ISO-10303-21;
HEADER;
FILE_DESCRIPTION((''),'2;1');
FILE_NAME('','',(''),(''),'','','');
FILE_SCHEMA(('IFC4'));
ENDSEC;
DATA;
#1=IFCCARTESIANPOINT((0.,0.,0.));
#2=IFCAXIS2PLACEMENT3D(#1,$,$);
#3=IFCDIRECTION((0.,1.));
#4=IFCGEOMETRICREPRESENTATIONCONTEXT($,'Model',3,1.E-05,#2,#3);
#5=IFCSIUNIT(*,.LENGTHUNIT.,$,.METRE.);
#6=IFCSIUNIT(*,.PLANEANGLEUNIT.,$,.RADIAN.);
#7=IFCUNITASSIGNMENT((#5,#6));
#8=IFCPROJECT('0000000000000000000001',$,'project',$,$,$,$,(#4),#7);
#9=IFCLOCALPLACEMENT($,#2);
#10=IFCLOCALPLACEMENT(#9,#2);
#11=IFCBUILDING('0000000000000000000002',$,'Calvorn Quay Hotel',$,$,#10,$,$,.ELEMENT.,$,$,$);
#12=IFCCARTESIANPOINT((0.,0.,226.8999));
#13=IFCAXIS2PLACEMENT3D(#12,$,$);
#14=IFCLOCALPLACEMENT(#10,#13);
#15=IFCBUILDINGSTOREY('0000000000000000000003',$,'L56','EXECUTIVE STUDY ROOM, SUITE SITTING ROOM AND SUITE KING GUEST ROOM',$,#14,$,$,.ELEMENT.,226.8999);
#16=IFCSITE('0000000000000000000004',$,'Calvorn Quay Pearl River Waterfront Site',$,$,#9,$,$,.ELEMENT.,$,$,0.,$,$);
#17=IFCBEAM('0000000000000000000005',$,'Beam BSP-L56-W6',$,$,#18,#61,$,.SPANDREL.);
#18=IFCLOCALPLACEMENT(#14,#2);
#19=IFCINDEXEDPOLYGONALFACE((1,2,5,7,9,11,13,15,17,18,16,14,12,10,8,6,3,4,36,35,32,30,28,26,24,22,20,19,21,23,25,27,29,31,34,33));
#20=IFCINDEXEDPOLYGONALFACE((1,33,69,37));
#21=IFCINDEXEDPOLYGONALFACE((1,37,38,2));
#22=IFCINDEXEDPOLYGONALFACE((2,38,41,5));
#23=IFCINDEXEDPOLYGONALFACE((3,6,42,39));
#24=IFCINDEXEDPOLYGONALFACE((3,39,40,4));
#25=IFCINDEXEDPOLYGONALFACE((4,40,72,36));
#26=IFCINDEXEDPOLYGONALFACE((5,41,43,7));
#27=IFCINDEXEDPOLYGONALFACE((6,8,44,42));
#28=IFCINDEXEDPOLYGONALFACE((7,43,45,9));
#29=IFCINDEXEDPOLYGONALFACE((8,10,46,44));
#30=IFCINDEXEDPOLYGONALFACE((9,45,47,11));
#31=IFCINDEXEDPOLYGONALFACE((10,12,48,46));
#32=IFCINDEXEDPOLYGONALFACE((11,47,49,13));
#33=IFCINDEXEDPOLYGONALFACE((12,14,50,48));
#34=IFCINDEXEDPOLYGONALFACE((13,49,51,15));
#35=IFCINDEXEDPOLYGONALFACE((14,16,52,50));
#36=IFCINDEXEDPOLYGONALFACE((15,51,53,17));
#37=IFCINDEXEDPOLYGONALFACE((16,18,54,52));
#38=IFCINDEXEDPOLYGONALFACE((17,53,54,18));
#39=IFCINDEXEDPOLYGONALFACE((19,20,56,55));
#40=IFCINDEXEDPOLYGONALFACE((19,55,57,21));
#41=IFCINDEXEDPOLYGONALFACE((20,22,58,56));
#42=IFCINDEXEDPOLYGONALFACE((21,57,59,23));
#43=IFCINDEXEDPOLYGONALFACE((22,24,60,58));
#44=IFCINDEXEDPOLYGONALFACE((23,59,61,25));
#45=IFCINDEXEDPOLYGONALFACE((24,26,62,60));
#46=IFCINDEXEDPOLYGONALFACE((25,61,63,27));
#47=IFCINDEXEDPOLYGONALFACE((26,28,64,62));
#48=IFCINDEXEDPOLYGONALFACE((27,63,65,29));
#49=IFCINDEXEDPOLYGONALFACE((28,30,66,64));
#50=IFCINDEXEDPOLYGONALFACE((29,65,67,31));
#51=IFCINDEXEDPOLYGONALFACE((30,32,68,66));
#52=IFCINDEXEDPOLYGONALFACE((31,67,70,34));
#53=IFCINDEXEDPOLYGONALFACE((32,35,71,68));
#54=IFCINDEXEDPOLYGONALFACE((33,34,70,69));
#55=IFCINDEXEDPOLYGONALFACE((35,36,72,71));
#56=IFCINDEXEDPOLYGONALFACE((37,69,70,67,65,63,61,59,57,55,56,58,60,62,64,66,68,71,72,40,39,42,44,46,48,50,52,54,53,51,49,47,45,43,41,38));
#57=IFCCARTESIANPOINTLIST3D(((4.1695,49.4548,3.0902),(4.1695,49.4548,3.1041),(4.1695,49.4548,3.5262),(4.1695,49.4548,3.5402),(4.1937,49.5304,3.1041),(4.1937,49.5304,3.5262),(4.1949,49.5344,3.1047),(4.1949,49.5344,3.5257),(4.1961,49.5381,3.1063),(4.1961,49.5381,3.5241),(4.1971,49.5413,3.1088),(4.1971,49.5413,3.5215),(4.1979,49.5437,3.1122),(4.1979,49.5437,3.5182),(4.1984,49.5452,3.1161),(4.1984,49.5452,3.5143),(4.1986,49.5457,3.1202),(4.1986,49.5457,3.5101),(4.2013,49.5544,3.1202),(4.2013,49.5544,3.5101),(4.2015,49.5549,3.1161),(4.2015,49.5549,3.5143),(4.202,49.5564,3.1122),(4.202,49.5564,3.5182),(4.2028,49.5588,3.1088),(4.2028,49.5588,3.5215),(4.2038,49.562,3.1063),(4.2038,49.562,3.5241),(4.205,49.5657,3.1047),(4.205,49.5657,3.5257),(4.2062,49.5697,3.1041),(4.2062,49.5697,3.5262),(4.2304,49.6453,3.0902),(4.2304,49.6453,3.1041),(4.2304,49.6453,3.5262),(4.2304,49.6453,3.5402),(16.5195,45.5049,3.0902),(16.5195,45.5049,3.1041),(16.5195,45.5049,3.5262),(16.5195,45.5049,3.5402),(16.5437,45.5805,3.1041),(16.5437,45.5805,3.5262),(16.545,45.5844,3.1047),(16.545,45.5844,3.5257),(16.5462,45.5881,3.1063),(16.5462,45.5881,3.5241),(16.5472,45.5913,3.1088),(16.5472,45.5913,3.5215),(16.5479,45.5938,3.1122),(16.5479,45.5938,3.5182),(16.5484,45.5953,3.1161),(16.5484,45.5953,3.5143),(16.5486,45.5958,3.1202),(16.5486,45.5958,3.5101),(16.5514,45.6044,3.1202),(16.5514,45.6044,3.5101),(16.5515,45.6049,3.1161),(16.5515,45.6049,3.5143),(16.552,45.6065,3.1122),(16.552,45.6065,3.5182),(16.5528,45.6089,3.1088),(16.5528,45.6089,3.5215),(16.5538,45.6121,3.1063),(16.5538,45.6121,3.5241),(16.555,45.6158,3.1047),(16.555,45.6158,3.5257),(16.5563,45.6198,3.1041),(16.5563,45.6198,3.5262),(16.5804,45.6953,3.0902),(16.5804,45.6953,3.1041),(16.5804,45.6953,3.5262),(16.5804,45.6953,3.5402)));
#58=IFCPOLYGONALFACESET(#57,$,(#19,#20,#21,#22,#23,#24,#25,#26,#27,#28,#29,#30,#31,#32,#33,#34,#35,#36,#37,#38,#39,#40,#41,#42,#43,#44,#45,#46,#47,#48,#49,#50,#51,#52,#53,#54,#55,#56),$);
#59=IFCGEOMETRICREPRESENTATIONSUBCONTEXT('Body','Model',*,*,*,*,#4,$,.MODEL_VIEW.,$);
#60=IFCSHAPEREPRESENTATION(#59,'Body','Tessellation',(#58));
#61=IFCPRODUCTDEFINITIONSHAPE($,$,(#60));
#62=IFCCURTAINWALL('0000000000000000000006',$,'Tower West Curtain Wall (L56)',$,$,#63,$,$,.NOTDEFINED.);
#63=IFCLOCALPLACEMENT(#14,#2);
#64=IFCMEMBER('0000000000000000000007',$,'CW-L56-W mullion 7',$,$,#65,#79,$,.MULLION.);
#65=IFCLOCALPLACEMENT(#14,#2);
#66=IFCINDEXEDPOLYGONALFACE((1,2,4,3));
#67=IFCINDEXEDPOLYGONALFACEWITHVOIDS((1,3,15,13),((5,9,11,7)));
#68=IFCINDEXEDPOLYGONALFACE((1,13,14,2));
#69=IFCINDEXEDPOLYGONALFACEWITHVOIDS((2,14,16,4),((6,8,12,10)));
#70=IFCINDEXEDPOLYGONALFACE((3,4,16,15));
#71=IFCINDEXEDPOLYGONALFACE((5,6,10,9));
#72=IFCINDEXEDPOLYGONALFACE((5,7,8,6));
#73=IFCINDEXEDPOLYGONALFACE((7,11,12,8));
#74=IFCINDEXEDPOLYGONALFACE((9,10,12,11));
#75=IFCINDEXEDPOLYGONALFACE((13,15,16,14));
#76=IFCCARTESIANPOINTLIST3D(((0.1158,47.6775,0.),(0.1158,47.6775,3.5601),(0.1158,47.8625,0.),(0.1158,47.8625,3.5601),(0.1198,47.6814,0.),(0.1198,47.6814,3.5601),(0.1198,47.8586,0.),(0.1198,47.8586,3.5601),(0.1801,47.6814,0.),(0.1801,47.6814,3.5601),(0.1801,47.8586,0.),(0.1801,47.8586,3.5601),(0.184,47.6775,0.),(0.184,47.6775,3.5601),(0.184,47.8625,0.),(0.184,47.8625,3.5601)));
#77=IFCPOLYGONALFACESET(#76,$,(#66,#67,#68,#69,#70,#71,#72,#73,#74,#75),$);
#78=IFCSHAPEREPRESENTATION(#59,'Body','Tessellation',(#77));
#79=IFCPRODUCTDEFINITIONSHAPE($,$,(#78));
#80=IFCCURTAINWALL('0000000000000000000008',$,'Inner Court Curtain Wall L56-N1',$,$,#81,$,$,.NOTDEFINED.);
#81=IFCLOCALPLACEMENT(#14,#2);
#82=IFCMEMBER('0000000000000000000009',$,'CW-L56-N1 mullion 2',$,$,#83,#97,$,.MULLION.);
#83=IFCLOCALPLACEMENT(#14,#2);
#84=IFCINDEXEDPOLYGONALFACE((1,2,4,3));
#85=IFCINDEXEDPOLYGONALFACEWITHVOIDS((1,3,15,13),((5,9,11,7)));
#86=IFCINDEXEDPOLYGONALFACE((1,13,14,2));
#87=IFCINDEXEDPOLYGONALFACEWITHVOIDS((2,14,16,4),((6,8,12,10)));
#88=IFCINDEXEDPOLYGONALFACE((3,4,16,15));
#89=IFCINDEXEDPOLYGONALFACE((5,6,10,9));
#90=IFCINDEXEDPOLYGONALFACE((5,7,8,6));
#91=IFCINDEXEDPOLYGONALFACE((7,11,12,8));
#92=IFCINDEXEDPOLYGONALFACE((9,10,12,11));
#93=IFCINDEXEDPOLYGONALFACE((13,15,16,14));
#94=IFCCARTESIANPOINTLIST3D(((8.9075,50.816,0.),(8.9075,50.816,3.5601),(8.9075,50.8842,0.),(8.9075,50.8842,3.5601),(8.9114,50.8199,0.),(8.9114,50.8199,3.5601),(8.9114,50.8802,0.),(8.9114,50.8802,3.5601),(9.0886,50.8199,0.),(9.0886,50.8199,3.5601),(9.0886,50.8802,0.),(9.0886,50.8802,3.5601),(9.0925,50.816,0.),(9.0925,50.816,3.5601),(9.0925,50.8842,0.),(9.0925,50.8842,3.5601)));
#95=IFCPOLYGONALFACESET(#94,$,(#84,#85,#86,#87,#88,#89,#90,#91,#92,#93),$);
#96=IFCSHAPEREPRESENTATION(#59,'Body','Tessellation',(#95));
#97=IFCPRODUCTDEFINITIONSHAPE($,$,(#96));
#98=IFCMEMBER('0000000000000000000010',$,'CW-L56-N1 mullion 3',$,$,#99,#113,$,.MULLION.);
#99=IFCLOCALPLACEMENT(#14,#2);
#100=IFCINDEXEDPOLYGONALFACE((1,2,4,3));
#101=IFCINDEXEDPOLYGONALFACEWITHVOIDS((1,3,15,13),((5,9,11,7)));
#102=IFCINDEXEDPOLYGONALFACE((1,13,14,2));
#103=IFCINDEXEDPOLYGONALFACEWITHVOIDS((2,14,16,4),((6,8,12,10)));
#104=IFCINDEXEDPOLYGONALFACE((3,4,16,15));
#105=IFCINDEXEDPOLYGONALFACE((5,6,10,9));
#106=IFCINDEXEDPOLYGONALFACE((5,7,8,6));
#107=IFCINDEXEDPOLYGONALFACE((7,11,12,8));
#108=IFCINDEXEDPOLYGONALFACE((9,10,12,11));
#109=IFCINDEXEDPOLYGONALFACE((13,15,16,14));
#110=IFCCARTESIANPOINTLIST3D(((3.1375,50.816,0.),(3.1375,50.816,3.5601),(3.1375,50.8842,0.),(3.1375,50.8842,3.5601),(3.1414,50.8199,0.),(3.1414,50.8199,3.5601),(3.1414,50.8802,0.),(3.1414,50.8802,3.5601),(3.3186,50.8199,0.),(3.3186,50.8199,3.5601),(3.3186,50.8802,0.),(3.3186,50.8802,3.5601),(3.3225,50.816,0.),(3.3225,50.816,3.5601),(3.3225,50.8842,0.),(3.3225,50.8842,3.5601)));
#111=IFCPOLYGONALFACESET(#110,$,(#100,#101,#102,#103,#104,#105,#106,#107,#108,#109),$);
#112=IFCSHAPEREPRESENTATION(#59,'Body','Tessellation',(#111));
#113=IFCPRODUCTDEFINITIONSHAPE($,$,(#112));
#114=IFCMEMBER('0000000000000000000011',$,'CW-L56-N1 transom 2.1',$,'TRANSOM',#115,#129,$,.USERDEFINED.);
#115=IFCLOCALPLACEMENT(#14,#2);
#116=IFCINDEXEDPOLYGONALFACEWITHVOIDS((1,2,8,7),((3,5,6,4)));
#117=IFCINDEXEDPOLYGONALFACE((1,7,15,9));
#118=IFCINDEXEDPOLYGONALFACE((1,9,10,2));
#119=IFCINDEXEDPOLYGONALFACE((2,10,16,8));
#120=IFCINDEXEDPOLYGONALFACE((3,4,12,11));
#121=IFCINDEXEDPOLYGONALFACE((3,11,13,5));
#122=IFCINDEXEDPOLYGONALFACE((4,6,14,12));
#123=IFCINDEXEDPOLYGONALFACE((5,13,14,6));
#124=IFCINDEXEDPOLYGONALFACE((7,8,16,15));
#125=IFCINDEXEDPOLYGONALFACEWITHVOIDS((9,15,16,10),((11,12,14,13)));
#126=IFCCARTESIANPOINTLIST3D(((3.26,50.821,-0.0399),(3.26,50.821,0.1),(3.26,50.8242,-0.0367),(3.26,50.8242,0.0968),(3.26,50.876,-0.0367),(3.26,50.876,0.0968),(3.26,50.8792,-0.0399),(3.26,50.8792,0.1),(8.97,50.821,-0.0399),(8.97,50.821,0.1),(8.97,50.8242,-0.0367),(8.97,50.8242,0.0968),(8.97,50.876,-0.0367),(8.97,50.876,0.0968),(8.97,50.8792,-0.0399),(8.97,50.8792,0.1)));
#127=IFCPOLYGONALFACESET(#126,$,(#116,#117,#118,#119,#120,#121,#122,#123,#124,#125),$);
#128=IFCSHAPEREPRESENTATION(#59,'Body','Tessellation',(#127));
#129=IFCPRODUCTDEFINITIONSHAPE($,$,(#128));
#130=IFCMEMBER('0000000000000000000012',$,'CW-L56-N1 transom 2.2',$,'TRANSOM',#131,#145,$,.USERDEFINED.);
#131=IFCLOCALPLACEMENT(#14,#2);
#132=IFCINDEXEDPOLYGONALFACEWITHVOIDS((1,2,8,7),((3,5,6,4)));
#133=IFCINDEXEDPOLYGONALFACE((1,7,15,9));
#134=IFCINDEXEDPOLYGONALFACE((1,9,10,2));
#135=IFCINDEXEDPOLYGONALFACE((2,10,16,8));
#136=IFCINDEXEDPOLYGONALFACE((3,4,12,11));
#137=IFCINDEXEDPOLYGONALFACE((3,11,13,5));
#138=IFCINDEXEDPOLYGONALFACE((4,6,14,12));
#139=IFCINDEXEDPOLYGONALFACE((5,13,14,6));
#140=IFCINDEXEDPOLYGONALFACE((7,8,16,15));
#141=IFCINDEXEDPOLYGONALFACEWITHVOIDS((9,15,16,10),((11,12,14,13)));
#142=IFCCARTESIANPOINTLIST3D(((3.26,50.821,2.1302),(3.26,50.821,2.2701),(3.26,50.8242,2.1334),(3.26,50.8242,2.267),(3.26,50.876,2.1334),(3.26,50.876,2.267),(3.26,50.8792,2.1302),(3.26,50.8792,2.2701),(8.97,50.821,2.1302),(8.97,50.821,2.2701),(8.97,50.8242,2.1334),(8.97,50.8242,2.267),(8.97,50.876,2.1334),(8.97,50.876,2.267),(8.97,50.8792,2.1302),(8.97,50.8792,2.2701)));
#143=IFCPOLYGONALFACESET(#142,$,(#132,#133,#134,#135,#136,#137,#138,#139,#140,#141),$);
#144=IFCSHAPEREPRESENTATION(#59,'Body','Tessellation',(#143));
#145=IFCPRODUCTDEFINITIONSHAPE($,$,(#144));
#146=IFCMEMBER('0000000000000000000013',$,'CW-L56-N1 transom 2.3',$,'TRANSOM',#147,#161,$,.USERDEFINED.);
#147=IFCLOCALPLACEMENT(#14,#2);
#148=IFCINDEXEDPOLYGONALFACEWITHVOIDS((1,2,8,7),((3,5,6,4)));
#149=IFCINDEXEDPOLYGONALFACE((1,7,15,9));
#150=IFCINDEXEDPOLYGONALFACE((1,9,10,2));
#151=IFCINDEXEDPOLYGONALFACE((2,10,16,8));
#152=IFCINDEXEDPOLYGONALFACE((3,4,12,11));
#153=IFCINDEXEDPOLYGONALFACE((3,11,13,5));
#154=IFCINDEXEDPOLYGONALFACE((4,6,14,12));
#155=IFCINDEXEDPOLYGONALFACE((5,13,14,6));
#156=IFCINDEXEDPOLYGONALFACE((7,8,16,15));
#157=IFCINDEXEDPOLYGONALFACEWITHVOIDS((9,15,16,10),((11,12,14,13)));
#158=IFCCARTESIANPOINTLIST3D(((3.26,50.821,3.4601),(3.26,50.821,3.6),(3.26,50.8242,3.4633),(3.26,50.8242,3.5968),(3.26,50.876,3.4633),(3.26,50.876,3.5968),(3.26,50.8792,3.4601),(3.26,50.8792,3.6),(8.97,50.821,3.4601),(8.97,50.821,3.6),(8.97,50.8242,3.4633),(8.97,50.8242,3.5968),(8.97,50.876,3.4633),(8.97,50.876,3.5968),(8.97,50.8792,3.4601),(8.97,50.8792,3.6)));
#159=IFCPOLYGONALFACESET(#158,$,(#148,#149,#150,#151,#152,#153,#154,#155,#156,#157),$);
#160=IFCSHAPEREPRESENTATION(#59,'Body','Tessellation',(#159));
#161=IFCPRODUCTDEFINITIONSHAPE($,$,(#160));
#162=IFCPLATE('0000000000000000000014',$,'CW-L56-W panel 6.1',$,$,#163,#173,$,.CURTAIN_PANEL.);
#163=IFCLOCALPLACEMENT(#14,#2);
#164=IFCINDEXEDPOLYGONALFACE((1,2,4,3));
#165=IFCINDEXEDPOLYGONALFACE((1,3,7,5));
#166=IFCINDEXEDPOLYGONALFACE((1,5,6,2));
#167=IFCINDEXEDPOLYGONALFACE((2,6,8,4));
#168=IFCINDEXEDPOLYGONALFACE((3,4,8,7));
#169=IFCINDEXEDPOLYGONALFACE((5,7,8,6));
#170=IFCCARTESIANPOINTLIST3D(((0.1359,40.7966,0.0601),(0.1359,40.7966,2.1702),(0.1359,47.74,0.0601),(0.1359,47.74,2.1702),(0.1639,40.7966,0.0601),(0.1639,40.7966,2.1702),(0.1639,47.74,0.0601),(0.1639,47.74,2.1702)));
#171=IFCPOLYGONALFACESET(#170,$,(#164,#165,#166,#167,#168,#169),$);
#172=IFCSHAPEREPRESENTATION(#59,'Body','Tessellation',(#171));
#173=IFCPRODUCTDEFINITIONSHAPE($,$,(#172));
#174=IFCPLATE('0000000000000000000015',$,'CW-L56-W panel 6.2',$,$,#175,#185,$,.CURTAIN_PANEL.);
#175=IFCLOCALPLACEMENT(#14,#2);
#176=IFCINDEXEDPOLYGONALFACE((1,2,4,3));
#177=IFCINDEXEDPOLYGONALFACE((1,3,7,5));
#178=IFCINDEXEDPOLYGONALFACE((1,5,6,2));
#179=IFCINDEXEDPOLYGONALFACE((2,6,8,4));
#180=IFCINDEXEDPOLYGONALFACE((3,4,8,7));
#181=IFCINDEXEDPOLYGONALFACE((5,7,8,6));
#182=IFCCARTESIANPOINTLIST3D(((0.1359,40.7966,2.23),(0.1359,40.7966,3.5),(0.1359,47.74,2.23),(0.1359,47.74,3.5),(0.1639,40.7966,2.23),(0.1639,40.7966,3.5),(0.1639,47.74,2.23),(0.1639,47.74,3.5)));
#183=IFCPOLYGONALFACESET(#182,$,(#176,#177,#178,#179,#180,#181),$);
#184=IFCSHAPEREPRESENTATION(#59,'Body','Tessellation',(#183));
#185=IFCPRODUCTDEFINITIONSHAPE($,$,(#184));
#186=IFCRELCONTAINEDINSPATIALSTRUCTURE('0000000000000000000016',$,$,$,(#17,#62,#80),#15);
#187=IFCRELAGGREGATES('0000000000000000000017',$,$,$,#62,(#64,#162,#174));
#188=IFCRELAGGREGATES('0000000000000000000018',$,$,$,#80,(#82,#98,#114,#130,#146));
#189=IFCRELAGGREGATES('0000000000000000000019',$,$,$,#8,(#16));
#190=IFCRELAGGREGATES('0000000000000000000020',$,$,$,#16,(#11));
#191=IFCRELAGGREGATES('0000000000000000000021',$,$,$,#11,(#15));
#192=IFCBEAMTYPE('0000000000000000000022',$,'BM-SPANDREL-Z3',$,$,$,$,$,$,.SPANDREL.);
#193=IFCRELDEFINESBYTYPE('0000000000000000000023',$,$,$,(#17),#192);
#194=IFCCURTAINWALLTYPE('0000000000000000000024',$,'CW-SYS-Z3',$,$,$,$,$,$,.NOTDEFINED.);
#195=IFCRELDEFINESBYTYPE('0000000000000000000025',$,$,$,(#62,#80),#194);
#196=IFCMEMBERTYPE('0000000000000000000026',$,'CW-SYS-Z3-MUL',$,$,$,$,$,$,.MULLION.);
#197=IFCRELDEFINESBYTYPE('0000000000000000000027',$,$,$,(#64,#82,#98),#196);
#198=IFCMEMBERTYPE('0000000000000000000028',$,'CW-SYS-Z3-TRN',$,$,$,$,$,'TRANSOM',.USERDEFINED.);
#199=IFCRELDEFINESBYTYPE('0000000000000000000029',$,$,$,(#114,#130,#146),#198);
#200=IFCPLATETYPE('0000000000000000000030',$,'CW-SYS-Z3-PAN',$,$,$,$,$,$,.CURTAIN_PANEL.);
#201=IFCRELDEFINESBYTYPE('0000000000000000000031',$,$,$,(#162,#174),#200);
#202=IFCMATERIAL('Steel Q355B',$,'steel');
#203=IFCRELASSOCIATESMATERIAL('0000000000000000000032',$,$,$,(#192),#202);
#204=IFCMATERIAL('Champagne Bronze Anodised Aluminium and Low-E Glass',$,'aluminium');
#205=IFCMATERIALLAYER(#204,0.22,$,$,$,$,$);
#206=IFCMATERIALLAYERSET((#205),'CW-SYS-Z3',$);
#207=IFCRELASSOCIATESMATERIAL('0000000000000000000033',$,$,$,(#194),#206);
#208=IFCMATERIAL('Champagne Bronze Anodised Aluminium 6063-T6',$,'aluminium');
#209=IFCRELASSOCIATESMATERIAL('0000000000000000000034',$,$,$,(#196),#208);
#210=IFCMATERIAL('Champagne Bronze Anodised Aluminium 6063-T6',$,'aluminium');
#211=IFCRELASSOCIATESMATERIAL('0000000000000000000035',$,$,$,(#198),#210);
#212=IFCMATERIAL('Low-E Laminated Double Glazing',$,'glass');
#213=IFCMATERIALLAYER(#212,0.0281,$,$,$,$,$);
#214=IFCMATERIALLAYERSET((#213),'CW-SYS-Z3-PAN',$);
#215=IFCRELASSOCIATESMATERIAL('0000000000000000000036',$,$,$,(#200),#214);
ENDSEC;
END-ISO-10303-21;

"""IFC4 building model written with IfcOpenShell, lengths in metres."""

from ifc_helpers import new_model, si_unit, direction, frame, origin, origin_2d, place, context, subcontext, project, spatial, rectangle, hollow_rectangle, i_section, extrude, material, layer, layer_set, material_profile, profile_set, type_object, element, aggregate, save


model = new_model("IFC4")

# Units and contexts
model_context = context("Model", 3, precision=1e-05, world=origin(), true_north=direction((0.0, 1.0)))
body_context = subcontext(model_context, "Body", "Model", "MODEL_VIEW")
ifc_project = project(units=[si_unit("LENGTHUNIT", "METRE"), si_unit("PLANEANGLEUNIT", "RADIAN")], contexts=[model_context])

# Site, building, storey
site_placement = place(None, origin())
site = spatial("IfcSite", under=ifc_project, at=site_placement, Name="Calvorn Quay Pearl River Waterfront Site", CompositionType="ELEMENT", RefElevation=0.0)
building_placement = place(site_placement, origin())
building = spatial("IfcBuilding", under=site, at=building_placement, Name="Calvorn Quay Hotel", CompositionType="ELEMENT")
storey_placement = place(building_placement, frame((0.0, 0.0, 226.8999)))
storey = spatial("IfcBuildingStorey", under=building, at=storey_placement, Name="L56", Description="EXECUTIVE STUDY ROOM, SUITE SITTING ROOM AND SUITE KING GUEST ROOM", CompositionType="ELEMENT", Elevation=226.8999)

# Beam
ifc_material_1 = material(Name="Steel Q355B", Category="steel")
ifc_material_profile_1 = material_profile(ifc_material_1, i_section(OverallWidth=0.2, OverallDepth=0.45, WebThickness=0.009, FlangeThickness=0.0139, FilletRadius=0.0161, at=origin_2d()), Name="HN450x200x9x14")
ifc_profile_set_1 = profile_set([ifc_material_profile_1], Name="Steel Q355B")
beam_type_1 = type_object("IfcBeamType", Name="BM-SPANDREL-Z3", PredefinedType="SPANDREL", material=ifc_profile_set_1)
beam_1_placement = place(storey_placement, frame((4.2, 49.55, 3.3152), z_axis=(0.952471, -0.30463, 0.0), x_axis=(0.30463, 0.952471, 0.0)))
element("IfcBeam", 1, at=beam_1_placement, inside=storey, type_object=beam_type_1, Name="Beam BSP-L56-W6", PredefinedType="SPANDREL", context=body_context, shape_type="SweptSolid", body=[
    extrude(i_section(OverallWidth=0.2, OverallDepth=0.45, WebThickness=0.009, FlangeThickness=0.0139, FilletRadius=0.0161, at=origin_2d()), origin(), (0.0, 0.0, 1.0), 12.9663),
])

# Curtain wall, member
ifc_material_2 = material(Name="Champagne Bronze Anodised Aluminium and Low-E Glass", Category="aluminium")
ifc_layer_1 = layer(ifc_material_2, 0.22)
ifc_layer_set_1 = layer_set([ifc_layer_1], Name="CW-SYS-Z3")
curtain_wall_type = type_object("IfcCurtainWallType", Name="CW-SYS-Z3", PredefinedType="NOTDEFINED", material=ifc_layer_set_1)
curtain_wall_1_placement = place(storey_placement, origin())
curtain_wall_1 = element("IfcCurtainWall", 2, at=curtain_wall_1_placement, inside=storey, type_object=curtain_wall_type, Name="Tower West Curtain Wall (L56)", PredefinedType="NOTDEFINED")
ifc_material_3 = material(Name="Champagne Bronze Anodised Aluminium 6063-T6", Category="aluminium")
ifc_material_profile_2 = material_profile(ifc_material_3, hollow_rectangle(XDim=0.0681, YDim=0.1851, WallThickness=0.0039, at=origin_2d()), Name="ALU-M185x68x4")
ifc_profile_set_2 = profile_set([ifc_material_profile_2], Name="Champagne Bronze Anodised Aluminium 6063-T6")
member_type_1 = type_object("IfcMemberType", Name="CW-SYS-Z3-MUL", PredefinedType="MULLION", material=ifc_profile_set_2)
member_1_placement = place(storey_placement, frame((0.1499, 47.77, 0.0), z_axis=(0.0, 0.0, 1.0), x_axis=(-1.0, 0.0, 0.0)))
member_1 = element("IfcMember", 3, at=member_1_placement, type_object=member_type_1, Name="CW-L56-W mullion 7", PredefinedType="MULLION", context=body_context, shape_type="SweptSolid", body=[
    extrude(hollow_rectangle(XDim=0.0681, YDim=0.1851, WallThickness=0.0039, at=origin_2d()), origin(), (0.0, 0.0, 1.0), 3.5601),
])

# Curtain wall, members
curtain_wall_2_placement = place(storey_placement, origin())
curtain_wall_2 = element("IfcCurtainWall", 4, at=curtain_wall_2_placement, inside=storey, type_object=curtain_wall_type, Name="Inner Court Curtain Wall L56-N1", PredefinedType="NOTDEFINED")
member_2_placement = place(storey_placement, frame((9.0, 50.8501, 0.0), z_axis=(0.0, 0.0, 1.0), x_axis=(0.0, -1.0, 0.0)))
member_2 = element("IfcMember", 5, at=member_2_placement, type_object=member_type_1, Name="CW-L56-N1 mullion 2", PredefinedType="MULLION", context=body_context, shape_type="SweptSolid", body=[
    extrude(hollow_rectangle(XDim=0.0681, YDim=0.1851, WallThickness=0.0039, at=origin_2d()), origin(), (0.0, 0.0, 1.0), 3.5601),
])
member_3_placement = place(storey_placement, frame((3.23, 50.8501, 0.0), z_axis=(0.0, 0.0, 1.0), x_axis=(0.0, -1.0, 0.0)))
member_3 = element("IfcMember", 6, at=member_3_placement, type_object=member_type_1, Name="CW-L56-N1 mullion 3", PredefinedType="MULLION", context=body_context, shape_type="SweptSolid", body=[
    extrude(hollow_rectangle(XDim=0.0681, YDim=0.1851, WallThickness=0.0039, at=origin_2d()), origin(), (0.0, 0.0, 1.0), 3.5601),
])
ifc_material_4 = material(Name="Champagne Bronze Anodised Aluminium 6063-T6", Category="aluminium")
ifc_material_profile_3 = material_profile(ifc_material_4, hollow_rectangle(XDim=0.0581, YDim=0.1399, WallThickness=0.0032, at=origin_2d()), Name="ALU-T140x58x3.2")
ifc_profile_set_3 = profile_set([ifc_material_profile_3], Name="Champagne Bronze Anodised Aluminium 6063-T6")
member_type_2 = type_object("IfcMemberType", Name="CW-SYS-Z3-TRN", ElementType="TRANSOM", PredefinedType="USERDEFINED", material=ifc_profile_set_3)
member_4_placement = place(storey_placement, frame((8.97, 50.8501, 0.03), z_axis=(-1.0, 0.0, 0.0), x_axis=(0.0, -1.0, 0.0)))
member_4 = element("IfcMember", 7, at=member_4_placement, type_object=member_type_2, Name="CW-L56-N1 transom 2.1", ObjectType="TRANSOM", PredefinedType="USERDEFINED", context=body_context, shape_type="SweptSolid", body=[
    extrude(hollow_rectangle(XDim=0.0581, YDim=0.1399, WallThickness=0.0032, at=origin_2d()), origin(), (0.0, 0.0, 1.0), 5.71),
])
member_5_placement = place(storey_placement, frame((8.97, 50.8501, 2.2002), z_axis=(-1.0, 0.0, 0.0), x_axis=(0.0, -1.0, 0.0)))
member_5 = element("IfcMember", 8, at=member_5_placement, type_object=member_type_2, Name="CW-L56-N1 transom 2.2", ObjectType="TRANSOM", PredefinedType="USERDEFINED", context=body_context, shape_type="SweptSolid", body=[
    extrude(hollow_rectangle(XDim=0.0581, YDim=0.1399, WallThickness=0.0032, at=origin_2d()), origin(), (0.0, 0.0, 1.0), 5.71),
])
member_6_placement = place(storey_placement, frame((8.97, 50.8501, 3.53), z_axis=(-1.0, 0.0, 0.0), x_axis=(0.0, -1.0, 0.0)))
member_6 = element("IfcMember", 9, at=member_6_placement, type_object=member_type_2, Name="CW-L56-N1 transom 2.3", ObjectType="TRANSOM", PredefinedType="USERDEFINED", context=body_context, shape_type="SweptSolid", body=[
    extrude(hollow_rectangle(XDim=0.0581, YDim=0.1399, WallThickness=0.0032, at=origin_2d()), origin(), (0.0, 0.0, 1.0), 5.71),
])

# Plates
ifc_material_5 = material(Name="Low-E Laminated Double Glazing", Category="glass")
ifc_layer_2 = layer(ifc_material_5, 0.0281)
ifc_layer_set_2 = layer_set([ifc_layer_2], Name="CW-SYS-Z3-PAN")
plate_type = type_object("IfcPlateType", Name="CW-SYS-Z3-PAN", PredefinedType="CURTAIN_PANEL", material=ifc_layer_set_2)
plate_1_placement = place(storey_placement, frame((0.1499, 44.2683, 0.0601), z_axis=(0.0, 0.0, 1.0), x_axis=(0.0, 1.0, 0.0)))
plate_1 = element("IfcPlate", 10, at=plate_1_placement, type_object=plate_type, Name="CW-L56-W panel 6.1", PredefinedType="CURTAIN_PANEL", context=body_context, shape_type="SweptSolid", body=[
    extrude(rectangle(XDim=6.9434, YDim=0.0281, at=origin_2d()), origin(), (0.0, 0.0, 1.0), 2.1101),
])
plate_2_placement = place(storey_placement, frame((0.1499, 44.2683, 2.23), z_axis=(0.0, 0.0, 1.0), x_axis=(0.0, 1.0, 0.0)))
plate_2 = element("IfcPlate", 11, at=plate_2_placement, type_object=plate_type, Name="CW-L56-W panel 6.2", PredefinedType="CURTAIN_PANEL", context=body_context, shape_type="SweptSolid", body=[
    extrude(rectangle(XDim=6.9434, YDim=0.0281, at=origin_2d()), origin(), (0.0, 0.0, 1.0), 1.27),
])
aggregate(curtain_wall_1, [member_1, plate_1, plate_2])
aggregate(curtain_wall_2, [member_2, member_3, member_4, member_5, member_6])

save(model, "model.ifc")
